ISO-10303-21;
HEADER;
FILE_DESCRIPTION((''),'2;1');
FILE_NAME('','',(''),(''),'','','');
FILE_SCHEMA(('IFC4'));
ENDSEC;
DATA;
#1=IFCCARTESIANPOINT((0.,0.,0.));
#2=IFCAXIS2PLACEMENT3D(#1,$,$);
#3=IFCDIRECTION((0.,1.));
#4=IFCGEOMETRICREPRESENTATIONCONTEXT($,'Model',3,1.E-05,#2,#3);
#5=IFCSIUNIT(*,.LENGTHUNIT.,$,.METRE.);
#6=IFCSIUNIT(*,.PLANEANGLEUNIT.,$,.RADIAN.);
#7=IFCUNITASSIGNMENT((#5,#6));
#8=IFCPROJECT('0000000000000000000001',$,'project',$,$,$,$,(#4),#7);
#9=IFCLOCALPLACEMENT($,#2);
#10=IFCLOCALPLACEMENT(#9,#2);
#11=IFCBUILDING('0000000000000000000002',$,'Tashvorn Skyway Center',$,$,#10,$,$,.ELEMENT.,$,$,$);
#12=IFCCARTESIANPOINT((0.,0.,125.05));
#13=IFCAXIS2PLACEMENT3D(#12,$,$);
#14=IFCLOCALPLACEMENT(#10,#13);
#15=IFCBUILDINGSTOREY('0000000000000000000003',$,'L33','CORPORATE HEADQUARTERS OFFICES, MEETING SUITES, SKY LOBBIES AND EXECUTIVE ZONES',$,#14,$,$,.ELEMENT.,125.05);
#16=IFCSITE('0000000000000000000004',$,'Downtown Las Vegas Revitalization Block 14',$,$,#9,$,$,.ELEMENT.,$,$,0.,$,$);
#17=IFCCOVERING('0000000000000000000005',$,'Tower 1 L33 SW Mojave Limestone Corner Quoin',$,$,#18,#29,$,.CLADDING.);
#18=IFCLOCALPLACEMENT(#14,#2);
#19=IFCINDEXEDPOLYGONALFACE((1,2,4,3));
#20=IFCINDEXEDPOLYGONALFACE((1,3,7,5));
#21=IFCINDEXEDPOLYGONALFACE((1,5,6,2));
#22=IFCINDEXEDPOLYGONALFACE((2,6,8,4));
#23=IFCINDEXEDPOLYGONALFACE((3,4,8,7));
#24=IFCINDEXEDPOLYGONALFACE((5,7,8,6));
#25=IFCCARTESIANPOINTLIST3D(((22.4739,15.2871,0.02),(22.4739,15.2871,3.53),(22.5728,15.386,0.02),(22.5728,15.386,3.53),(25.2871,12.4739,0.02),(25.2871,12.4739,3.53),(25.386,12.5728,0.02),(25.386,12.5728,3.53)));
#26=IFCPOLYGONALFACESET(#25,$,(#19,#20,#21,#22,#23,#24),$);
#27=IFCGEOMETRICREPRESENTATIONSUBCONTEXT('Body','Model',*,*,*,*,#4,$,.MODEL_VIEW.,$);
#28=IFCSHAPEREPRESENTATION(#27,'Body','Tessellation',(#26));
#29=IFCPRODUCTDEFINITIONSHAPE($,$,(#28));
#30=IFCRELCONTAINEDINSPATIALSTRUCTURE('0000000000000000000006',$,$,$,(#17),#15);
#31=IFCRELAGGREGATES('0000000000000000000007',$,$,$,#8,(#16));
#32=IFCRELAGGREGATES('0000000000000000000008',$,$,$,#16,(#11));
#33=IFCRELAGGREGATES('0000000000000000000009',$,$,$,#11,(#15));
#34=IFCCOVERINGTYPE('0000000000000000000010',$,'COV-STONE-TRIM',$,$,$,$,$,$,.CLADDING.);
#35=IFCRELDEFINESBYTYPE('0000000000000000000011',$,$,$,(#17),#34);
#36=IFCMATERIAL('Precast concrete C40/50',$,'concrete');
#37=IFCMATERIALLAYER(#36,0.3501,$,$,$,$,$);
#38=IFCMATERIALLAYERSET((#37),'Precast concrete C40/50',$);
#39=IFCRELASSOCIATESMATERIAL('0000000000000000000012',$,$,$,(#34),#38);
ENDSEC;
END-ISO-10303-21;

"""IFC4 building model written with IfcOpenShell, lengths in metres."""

from ifc_helpers import new_model, si_unit, direction, frame, origin, origin_2d, place, context, subcontext, project, spatial, rectangle, extrude, material, layer, layer_set, type_object, element, save


model = new_model("IFC4")

# Units and contexts
model_context = context("Model", 3, precision=1e-05, world=origin(), true_north=direction((0.0, 1.0)))
body_context = subcontext(model_context, "Body", "Model", "MODEL_VIEW")
ifc_project = project(units=[si_unit("LENGTHUNIT", "METRE"), si_unit("PLANEANGLEUNIT", "RADIAN")], contexts=[model_context])

# Site, building, storey
site_placement = place(None, origin())
site = spatial("IfcSite", under=ifc_project, at=site_placement, Name="Downtown Las Vegas Revitalization Block 14", CompositionType="ELEMENT", RefElevation=0.0)
building_placement = place(site_placement, origin())
building = spatial("IfcBuilding", under=site, at=building_placement, Name="Tashvorn Skyway Center", CompositionType="ELEMENT")
storey_placement = place(building_placement, frame((0.0, 0.0, 125.05)))
storey = spatial("IfcBuildingStorey", under=building, at=storey_placement, Name="L33", Description="CORPORATE HEADQUARTERS OFFICES, MEETING SUITES, SKY LOBBIES AND EXECUTIVE ZONES", CompositionType="ELEMENT", Elevation=125.05)

# Shared definitions
ifc_material_1 = material(Name="Precast concrete C40/50", Category="concrete")

# Covering
ifc_layer_1 = layer(ifc_material_1, 0.3501)
ifc_layer_set_1 = layer_set([ifc_layer_1], Name="Precast concrete C40/50")
covering_type_1 = type_object("IfcCoveringType", Name="COV-STONE-TRIM", PredefinedType="CLADDING", material=ifc_layer_set_1)
covering_1_placement = place(storey_placement, frame((23.9299, 13.9299, 0.02), z_axis=(0.0, 0.0, 1.0), x_axis=(-0.707107, 0.707107, 0.0)))
element("IfcCovering", 1, at=covering_1_placement, inside=storey, type_object=covering_type_1, Name="Tower 1 L33 SW Mojave Limestone Corner Quoin", PredefinedType="CLADDING", context=body_context, shape_type="SweptSolid", body=[
    extrude(rectangle(XDim=3.9785, YDim=0.1399, at=origin_2d()), origin(), (0.0, 0.0, 1.0), 3.51),
])

save(model, "model.ifc")
